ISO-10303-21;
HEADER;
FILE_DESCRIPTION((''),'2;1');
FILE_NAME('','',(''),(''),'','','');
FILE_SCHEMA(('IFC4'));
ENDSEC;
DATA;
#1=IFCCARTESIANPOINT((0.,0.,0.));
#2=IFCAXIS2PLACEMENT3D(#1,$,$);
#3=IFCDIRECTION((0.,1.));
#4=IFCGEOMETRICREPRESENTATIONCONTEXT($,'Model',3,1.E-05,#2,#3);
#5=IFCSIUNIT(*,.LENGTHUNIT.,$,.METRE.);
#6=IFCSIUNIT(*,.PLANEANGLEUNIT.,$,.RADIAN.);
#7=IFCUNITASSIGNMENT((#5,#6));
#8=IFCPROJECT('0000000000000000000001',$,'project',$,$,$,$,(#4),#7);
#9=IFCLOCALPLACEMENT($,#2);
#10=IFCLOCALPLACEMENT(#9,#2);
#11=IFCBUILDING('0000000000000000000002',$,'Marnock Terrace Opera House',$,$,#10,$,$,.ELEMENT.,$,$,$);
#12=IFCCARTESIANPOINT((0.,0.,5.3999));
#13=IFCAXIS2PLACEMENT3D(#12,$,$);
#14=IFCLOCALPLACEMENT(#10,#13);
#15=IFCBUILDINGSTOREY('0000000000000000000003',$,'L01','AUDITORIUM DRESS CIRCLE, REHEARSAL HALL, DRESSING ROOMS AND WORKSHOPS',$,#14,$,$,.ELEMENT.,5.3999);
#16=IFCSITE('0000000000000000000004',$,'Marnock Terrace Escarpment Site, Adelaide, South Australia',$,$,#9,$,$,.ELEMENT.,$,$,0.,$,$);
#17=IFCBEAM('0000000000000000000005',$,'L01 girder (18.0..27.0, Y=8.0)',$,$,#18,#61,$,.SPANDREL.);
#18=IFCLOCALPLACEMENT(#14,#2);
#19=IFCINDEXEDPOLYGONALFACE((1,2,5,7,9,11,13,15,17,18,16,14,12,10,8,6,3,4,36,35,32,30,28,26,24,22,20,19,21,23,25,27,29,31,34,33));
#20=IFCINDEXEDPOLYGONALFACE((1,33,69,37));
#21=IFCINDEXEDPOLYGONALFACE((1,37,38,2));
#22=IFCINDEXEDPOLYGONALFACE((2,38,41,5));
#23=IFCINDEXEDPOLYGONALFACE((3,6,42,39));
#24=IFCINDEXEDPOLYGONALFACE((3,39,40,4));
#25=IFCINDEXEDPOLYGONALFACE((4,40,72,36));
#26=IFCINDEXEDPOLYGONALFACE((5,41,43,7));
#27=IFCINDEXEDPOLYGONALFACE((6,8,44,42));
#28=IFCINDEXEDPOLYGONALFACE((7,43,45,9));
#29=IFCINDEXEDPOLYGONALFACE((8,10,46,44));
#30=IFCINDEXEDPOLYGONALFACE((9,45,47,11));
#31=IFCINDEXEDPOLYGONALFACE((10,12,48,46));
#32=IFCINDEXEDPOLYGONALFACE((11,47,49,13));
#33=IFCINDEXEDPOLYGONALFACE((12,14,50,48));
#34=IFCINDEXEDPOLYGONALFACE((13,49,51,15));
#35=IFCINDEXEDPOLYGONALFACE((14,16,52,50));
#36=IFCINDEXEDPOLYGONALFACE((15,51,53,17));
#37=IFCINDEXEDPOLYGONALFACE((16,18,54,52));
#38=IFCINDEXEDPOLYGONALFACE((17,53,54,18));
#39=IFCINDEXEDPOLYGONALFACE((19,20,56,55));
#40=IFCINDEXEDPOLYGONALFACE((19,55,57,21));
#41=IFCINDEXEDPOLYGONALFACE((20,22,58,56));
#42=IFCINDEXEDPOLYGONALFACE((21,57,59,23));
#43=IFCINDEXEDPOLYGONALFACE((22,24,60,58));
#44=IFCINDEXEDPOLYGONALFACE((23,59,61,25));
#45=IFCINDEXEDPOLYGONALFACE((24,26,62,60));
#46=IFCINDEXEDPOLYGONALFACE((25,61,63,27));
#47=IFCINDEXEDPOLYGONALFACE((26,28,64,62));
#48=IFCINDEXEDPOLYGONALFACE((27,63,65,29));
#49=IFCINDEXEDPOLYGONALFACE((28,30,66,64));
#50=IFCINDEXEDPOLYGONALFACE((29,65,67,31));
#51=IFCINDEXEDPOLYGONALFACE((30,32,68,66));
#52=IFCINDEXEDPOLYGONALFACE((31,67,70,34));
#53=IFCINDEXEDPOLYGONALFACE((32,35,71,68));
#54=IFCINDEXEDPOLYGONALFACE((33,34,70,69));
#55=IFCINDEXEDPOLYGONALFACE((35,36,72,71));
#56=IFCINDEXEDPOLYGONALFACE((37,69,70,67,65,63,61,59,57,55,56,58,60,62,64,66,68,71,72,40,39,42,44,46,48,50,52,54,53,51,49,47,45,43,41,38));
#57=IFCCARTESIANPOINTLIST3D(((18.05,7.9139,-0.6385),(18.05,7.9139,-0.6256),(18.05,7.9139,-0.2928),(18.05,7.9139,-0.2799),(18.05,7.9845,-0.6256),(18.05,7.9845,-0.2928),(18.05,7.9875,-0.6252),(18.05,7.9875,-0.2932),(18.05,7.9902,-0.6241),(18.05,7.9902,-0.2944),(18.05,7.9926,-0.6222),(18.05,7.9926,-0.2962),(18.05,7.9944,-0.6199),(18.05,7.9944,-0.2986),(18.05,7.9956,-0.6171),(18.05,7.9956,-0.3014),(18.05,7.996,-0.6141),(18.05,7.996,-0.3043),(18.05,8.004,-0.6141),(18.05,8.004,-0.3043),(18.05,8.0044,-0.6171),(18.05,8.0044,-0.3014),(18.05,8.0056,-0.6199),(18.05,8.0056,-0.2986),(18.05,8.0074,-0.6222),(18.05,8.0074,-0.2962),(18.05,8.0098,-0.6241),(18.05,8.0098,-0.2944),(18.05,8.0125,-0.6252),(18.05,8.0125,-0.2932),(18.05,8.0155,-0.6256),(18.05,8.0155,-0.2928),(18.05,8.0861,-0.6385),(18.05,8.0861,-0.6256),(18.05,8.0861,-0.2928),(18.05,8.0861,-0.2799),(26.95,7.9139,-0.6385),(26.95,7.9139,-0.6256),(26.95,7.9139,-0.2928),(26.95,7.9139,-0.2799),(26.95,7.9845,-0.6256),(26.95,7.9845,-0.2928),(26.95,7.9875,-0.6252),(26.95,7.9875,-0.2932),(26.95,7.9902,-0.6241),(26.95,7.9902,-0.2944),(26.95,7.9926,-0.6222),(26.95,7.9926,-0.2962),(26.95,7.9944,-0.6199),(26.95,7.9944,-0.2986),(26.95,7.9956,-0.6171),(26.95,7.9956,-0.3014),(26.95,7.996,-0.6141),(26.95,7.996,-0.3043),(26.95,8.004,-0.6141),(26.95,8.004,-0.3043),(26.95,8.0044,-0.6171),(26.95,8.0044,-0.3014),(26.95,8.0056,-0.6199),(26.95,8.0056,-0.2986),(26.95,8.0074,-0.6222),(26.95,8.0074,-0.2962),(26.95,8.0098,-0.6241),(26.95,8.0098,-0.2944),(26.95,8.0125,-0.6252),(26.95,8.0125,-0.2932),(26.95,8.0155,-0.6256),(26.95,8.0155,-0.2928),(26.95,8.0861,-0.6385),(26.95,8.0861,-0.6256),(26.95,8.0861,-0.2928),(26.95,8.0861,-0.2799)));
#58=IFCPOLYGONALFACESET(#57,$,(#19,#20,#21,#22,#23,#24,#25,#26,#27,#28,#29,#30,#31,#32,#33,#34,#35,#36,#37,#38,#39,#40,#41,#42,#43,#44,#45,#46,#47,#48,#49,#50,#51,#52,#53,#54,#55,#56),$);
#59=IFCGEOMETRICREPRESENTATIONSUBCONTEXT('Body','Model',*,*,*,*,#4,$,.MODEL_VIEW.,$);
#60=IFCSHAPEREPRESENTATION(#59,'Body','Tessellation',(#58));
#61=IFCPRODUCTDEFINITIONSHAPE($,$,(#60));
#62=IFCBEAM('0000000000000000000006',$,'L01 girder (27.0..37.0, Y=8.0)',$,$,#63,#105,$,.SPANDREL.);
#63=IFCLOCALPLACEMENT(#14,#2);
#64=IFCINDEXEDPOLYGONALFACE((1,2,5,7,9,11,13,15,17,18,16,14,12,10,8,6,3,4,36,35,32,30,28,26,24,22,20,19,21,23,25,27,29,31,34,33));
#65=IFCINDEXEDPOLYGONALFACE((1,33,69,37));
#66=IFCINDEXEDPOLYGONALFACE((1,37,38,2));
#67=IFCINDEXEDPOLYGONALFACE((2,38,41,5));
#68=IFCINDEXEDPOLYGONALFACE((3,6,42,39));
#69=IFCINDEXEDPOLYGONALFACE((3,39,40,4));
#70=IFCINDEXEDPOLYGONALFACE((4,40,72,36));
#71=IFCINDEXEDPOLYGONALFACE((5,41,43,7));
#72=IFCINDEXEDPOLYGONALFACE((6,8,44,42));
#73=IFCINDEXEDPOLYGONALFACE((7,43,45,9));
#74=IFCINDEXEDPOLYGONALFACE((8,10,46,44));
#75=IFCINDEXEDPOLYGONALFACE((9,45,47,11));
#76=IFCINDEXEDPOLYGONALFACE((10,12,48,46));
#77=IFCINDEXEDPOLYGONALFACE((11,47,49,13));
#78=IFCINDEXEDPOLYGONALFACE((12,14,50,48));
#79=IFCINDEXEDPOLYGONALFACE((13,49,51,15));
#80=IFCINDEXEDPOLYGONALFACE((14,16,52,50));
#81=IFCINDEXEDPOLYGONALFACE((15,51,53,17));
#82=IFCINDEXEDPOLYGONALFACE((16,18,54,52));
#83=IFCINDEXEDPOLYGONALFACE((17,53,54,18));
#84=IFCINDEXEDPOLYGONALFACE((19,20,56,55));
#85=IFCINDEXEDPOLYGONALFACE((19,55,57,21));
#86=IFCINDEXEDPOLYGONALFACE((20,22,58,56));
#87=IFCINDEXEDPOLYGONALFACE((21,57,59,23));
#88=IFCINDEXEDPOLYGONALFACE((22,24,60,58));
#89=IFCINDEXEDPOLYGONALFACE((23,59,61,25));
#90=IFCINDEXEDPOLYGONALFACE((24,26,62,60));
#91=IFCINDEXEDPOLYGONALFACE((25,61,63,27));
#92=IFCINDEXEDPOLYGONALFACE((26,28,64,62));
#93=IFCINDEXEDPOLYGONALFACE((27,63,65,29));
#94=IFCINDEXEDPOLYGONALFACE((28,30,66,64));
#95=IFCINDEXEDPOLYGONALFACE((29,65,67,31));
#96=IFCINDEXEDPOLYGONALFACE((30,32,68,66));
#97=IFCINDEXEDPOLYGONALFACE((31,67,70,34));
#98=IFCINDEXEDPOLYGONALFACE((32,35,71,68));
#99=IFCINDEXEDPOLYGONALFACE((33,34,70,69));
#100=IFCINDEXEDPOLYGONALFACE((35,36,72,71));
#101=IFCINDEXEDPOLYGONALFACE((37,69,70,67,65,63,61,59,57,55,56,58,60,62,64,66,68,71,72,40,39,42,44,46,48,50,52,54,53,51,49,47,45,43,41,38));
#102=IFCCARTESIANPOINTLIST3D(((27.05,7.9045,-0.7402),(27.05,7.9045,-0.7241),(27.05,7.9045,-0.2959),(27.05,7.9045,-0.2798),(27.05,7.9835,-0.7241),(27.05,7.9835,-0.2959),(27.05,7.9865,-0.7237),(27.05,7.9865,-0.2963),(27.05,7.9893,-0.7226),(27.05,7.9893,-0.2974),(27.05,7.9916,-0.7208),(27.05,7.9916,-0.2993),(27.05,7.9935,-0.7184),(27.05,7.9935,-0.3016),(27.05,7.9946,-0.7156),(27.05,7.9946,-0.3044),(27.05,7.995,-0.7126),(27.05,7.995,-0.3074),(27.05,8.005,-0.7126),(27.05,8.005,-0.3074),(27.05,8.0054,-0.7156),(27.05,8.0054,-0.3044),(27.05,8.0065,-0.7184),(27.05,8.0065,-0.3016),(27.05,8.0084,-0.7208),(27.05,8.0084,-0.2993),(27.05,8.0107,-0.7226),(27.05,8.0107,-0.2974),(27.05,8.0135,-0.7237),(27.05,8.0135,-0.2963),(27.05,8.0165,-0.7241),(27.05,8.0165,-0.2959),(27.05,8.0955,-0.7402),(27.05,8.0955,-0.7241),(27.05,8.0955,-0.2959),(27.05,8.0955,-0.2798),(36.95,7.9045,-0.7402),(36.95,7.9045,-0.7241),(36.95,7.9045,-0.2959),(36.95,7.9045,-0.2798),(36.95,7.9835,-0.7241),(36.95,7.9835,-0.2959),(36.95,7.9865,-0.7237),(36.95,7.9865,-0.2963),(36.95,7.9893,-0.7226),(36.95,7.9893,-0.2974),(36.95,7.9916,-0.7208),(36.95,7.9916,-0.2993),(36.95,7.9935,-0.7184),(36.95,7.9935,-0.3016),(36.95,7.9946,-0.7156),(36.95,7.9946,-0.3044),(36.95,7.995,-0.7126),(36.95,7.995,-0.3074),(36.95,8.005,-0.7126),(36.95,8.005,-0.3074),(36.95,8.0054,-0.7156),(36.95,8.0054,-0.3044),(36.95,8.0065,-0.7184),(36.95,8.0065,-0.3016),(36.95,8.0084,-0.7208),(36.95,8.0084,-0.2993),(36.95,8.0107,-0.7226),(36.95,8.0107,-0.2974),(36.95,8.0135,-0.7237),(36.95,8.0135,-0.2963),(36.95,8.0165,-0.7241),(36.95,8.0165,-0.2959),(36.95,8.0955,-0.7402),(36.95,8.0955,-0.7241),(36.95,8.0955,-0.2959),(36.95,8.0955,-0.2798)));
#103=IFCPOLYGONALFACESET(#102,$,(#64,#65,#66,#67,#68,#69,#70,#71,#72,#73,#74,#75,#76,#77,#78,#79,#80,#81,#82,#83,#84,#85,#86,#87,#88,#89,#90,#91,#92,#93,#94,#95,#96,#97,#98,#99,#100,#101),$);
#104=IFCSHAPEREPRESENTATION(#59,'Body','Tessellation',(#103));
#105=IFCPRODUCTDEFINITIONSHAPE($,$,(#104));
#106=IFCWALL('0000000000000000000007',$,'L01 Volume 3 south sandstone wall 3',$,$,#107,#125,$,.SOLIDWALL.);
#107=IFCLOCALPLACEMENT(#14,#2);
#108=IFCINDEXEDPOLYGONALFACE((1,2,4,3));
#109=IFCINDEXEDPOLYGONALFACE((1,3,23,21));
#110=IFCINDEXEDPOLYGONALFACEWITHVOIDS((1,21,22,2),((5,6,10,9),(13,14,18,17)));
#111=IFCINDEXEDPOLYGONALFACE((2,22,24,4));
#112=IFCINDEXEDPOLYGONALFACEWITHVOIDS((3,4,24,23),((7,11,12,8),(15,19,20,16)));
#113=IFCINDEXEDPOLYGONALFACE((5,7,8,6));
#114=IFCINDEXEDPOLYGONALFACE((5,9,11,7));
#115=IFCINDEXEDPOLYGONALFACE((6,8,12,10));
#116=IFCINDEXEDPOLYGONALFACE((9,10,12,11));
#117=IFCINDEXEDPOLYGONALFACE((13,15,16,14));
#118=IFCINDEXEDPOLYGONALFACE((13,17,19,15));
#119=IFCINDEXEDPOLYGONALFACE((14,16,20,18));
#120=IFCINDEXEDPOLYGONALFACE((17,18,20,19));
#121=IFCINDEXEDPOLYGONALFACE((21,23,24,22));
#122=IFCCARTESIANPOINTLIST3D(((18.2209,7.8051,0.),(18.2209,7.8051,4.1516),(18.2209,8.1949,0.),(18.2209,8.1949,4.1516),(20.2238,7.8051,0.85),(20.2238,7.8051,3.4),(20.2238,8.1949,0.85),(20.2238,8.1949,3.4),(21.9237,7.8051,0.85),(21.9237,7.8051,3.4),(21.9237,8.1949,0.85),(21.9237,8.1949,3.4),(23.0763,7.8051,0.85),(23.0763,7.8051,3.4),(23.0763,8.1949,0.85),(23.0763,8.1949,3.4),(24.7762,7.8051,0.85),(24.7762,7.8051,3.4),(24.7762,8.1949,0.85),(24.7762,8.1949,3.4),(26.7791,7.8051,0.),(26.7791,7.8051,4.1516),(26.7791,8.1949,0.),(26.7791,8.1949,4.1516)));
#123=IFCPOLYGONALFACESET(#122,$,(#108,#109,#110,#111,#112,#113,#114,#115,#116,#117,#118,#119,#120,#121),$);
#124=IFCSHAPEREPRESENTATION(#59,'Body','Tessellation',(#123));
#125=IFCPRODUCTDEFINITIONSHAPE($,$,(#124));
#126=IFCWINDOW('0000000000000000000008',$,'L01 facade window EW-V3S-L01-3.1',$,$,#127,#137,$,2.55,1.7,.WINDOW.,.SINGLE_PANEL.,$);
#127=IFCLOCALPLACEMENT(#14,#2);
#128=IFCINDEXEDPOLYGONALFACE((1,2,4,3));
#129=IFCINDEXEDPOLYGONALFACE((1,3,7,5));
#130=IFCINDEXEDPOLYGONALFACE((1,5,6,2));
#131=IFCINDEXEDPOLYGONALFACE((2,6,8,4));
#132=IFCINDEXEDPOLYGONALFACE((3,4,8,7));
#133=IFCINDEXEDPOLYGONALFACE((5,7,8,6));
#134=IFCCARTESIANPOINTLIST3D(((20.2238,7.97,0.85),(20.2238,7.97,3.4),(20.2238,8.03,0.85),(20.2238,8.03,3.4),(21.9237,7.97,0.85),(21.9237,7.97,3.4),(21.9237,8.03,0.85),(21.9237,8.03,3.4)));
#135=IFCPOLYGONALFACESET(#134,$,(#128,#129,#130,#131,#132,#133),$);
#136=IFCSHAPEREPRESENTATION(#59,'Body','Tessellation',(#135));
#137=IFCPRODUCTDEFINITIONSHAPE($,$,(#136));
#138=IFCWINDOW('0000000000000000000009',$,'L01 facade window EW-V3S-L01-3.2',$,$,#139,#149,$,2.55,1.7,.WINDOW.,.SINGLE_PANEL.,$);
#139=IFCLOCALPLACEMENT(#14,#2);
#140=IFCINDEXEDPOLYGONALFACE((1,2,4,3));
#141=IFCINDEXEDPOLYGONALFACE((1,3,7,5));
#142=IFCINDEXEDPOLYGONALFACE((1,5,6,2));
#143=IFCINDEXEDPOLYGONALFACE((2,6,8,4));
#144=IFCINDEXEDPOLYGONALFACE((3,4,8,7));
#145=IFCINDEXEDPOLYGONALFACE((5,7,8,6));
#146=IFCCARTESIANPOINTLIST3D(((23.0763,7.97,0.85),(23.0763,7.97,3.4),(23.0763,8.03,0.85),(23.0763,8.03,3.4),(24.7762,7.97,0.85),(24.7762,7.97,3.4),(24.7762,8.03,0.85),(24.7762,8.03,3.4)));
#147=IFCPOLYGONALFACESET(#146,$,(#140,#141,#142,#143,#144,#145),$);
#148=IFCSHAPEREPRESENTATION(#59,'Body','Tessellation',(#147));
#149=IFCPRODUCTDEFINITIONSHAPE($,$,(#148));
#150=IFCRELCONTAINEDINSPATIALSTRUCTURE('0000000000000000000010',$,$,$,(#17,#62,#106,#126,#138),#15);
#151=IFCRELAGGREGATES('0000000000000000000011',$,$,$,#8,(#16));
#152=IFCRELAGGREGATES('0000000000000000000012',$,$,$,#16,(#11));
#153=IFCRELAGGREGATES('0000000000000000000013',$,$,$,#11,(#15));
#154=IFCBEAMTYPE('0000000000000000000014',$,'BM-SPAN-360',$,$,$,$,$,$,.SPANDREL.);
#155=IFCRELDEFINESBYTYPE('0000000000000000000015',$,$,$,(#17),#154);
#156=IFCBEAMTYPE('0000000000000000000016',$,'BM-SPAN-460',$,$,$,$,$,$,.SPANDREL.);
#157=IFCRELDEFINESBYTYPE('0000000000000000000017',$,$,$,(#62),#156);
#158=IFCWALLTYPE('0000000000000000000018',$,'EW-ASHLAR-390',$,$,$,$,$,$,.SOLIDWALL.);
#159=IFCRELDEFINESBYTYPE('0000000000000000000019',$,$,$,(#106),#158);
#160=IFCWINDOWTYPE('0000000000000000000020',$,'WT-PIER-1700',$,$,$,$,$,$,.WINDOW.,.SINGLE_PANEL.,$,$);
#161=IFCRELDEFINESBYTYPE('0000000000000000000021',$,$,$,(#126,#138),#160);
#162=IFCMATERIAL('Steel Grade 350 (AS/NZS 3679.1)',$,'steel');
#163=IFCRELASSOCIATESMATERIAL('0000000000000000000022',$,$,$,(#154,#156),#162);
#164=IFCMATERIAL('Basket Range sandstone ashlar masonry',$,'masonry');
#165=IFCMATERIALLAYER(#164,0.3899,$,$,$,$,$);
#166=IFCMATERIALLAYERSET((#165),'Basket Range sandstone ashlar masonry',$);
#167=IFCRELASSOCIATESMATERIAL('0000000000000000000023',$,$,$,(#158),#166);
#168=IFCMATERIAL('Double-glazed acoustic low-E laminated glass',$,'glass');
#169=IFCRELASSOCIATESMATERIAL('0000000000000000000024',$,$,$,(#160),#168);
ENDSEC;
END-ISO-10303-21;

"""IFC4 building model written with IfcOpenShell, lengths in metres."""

from ifc_helpers import new_model, si_unit, direction, frame, frame_2d, origin, origin_2d, place, context, subcontext, project, spatial, rectangle, i_section, extrude, material, layer, layer_set, material_profile, profile_set, type_object, element, fill, save


model = new_model("IFC4")

# Units and contexts
model_context = context("Model", 3, precision=1e-05, world=origin(), true_north=direction((0.0, 1.0)))
body_context = subcontext(model_context, "Body", "Model", "MODEL_VIEW")
ifc_project = project(units=[si_unit("LENGTHUNIT", "METRE"), si_unit("PLANEANGLEUNIT", "RADIAN")], contexts=[model_context])

# Site, building, storey
site_placement = place(None, origin())
site = spatial("IfcSite", under=ifc_project, at=site_placement, Name="Marnock Terrace Escarpment Site, Adelaide, South Australia", CompositionType="ELEMENT", RefElevation=0.0)
building_placement = place(site_placement, origin())
building = spatial("IfcBuilding", under=site, at=building_placement, Name="Marnock Terrace Opera House", CompositionType="ELEMENT")
storey_placement = place(building_placement, frame((0.0, 0.0, 5.3999)))
storey = spatial("IfcBuildingStorey", under=building, at=storey_placement, Name="L01", Description="AUDITORIUM DRESS CIRCLE, REHEARSAL HALL, DRESSING ROOMS AND WORKSHOPS", CompositionType="ELEMENT", Elevation=5.3999)

# Shared definitions
ifc_material_1 = material(Name="Steel Grade 350 (AS/NZS 3679.1)", Category="steel")

# Beams
ifc_material_profile_1 = material_profile(ifc_material_1, i_section(OverallWidth=0.1721, OverallDepth=0.3586, WebThickness=0.0081, FlangeThickness=0.0129, FilletRadius=0.0115, at=origin_2d()))
ifc_profile_set_1 = profile_set([ifc_material_profile_1], Name="Steel Grade 350 (AS/NZS 3679.1)")
beam_type_1 = type_object("IfcBeamType", Name="BM-SPAN-360", PredefinedType="SPANDREL", material=ifc_profile_set_1)
beam_1_placement = place(storey_placement, frame((18.05, 8.0, -0.4592), z_axis=(1.0, 0.0, 0.0), x_axis=(0.0, 1.0, 0.0)))
element("IfcBeam", 1, at=beam_1_placement, inside=storey, type_object=beam_type_1, Name="L01 girder (18.0..27.0, Y=8.0)", PredefinedType="SPANDREL", context=body_context, shape_type="SweptSolid", body=[
    extrude(i_section(OverallWidth=0.1721, OverallDepth=0.3586, WebThickness=0.0081, FlangeThickness=0.0129, FilletRadius=0.0115, at=origin_2d()), origin(), (0.0, 0.0, 1.0), 8.8999),
])
ifc_material_profile_2 = material_profile(ifc_material_1, i_section(OverallWidth=0.1909, OverallDepth=0.4604, WebThickness=0.01, FlangeThickness=0.0161, FilletRadius=0.0115, at=origin_2d()))
ifc_profile_set_2 = profile_set([ifc_material_profile_2], Name="Steel Grade 350 (AS/NZS 3679.1)")
beam_type_2 = type_object("IfcBeamType", Name="BM-SPAN-460", PredefinedType="SPANDREL", material=ifc_profile_set_2)
beam_2_placement = place(storey_placement, frame((27.05, 8.0, -0.51), z_axis=(1.0, 0.0, 0.0), x_axis=(0.0, 1.0, 0.0)))
element("IfcBeam", 2, at=beam_2_placement, inside=storey, type_object=beam_type_2, Name="L01 girder (27.0..37.0, Y=8.0)", PredefinedType="SPANDREL", context=body_context, shape_type="SweptSolid", body=[
    extrude(i_section(OverallWidth=0.1909, OverallDepth=0.4604, WebThickness=0.01, FlangeThickness=0.0161, FilletRadius=0.0115, at=origin_2d()), origin(), (0.0, 0.0, 1.0), 9.8999),
])

# Wall, openings, windows
ifc_material_2 = material(Name="Basket Range sandstone ashlar masonry", Category="masonry")
ifc_layer_1 = layer(ifc_material_2, 0.3899)
ifc_layer_set_1 = layer_set([ifc_layer_1], Name="Basket Range sandstone ashlar masonry")
wall_type_1 = type_object("IfcWallType", Name="EW-ASHLAR-390", PredefinedType="SOLIDWALL", material=ifc_layer_set_1)
wall_1_placement = place(storey_placement, frame((18.2209, 8.0, 0.0), z_axis=(0.0, 0.0, 1.0), x_axis=(1.0, 0.0, 0.0)))
wall_1 = element("IfcWall", 3, at=wall_1_placement, inside=storey, type_object=wall_type_1, Name="L01 Volume 3 south sandstone wall 3", PredefinedType="SOLIDWALL", context=body_context, shape_type="SweptSolid", body=[
    extrude(rectangle(XDim=8.5581, YDim=0.3899, at=frame_2d((4.2791, 0.0))), origin(), (0.0, 0.0, 1.0), 4.1516),
])
opening_1_placement = place(wall_1_placement, frame((2.0027, 0.0, 0.8501)))
opening_1 = element("IfcOpeningElement", 4, at=opening_1_placement, cuts=wall_1, PredefinedType="OPENING", context=body_context, shape_type="SweptSolid", body=[
    extrude(rectangle(XDim=1.7, YDim=2.55, at=frame_2d((0.8501, 1.2749))), frame((0.0, 0.2048, 0.0), z_axis=(0.0, -1.0, 0.0), x_axis=(1.0, 0.0, 0.0)), (0.0, 0.0, 1.0), 0.4099),
])
opening_2_placement = place(wall_1_placement, frame((4.8552, 0.0, 0.8501)))
opening_2 = element("IfcOpeningElement", 5, at=opening_2_placement, cuts=wall_1, PredefinedType="OPENING", context=body_context, shape_type="SweptSolid", body=[
    extrude(rectangle(XDim=1.7, YDim=2.55, at=frame_2d((0.8501, 1.2749))), frame((0.0, 0.2048, 0.0), z_axis=(0.0, -1.0, 0.0), x_axis=(1.0, 0.0, 0.0)), (0.0, 0.0, 1.0), 0.4099),
])
ifc_material_3 = material(Name="Double-glazed acoustic low-E laminated glass", Category="glass")
window_type = type_object("IfcWindowType", Name="WT-PIER-1700", PartitioningType="SINGLE_PANEL", PredefinedType="WINDOW", material=ifc_material_3)
window_1_placement = place(opening_1_placement, origin())
window_1 = element("IfcWindow", 6, at=window_1_placement, inside=storey, type_object=window_type, Name="L01 facade window EW-V3S-L01-3.1", OverallHeight=2.55, OverallWidth=1.7, PartitioningType="SINGLE_PANEL", PredefinedType="WINDOW", context=body_context, shape_type="SweptSolid", body=[
    extrude(rectangle(XDim=1.7, YDim=2.55, at=frame_2d((0.8501, 1.2749))), frame((0.0, 0.03, 0.0), z_axis=(0.0, -1.0, 0.0), x_axis=(1.0, 0.0, 0.0)), (0.0, 0.0, 1.0), 0.0601),
])
fill(opening_1, window_1)
window_2_placement = place(opening_2_placement, origin())
window_2 = element("IfcWindow", 7, at=window_2_placement, inside=storey, type_object=window_type, Name="L01 facade window EW-V3S-L01-3.2", OverallHeight=2.55, OverallWidth=1.7, PartitioningType="SINGLE_PANEL", PredefinedType="WINDOW", context=body_context, shape_type="SweptSolid", body=[
    extrude(rectangle(XDim=1.7, YDim=2.55, at=frame_2d((0.8501, 1.2749))), frame((0.0, 0.03, 0.0), z_axis=(0.0, -1.0, 0.0), x_axis=(1.0, 0.0, 0.0)), (0.0, 0.0, 1.0), 0.0601),
])
fill(opening_2, window_2)

save(model, "model.ifc")
